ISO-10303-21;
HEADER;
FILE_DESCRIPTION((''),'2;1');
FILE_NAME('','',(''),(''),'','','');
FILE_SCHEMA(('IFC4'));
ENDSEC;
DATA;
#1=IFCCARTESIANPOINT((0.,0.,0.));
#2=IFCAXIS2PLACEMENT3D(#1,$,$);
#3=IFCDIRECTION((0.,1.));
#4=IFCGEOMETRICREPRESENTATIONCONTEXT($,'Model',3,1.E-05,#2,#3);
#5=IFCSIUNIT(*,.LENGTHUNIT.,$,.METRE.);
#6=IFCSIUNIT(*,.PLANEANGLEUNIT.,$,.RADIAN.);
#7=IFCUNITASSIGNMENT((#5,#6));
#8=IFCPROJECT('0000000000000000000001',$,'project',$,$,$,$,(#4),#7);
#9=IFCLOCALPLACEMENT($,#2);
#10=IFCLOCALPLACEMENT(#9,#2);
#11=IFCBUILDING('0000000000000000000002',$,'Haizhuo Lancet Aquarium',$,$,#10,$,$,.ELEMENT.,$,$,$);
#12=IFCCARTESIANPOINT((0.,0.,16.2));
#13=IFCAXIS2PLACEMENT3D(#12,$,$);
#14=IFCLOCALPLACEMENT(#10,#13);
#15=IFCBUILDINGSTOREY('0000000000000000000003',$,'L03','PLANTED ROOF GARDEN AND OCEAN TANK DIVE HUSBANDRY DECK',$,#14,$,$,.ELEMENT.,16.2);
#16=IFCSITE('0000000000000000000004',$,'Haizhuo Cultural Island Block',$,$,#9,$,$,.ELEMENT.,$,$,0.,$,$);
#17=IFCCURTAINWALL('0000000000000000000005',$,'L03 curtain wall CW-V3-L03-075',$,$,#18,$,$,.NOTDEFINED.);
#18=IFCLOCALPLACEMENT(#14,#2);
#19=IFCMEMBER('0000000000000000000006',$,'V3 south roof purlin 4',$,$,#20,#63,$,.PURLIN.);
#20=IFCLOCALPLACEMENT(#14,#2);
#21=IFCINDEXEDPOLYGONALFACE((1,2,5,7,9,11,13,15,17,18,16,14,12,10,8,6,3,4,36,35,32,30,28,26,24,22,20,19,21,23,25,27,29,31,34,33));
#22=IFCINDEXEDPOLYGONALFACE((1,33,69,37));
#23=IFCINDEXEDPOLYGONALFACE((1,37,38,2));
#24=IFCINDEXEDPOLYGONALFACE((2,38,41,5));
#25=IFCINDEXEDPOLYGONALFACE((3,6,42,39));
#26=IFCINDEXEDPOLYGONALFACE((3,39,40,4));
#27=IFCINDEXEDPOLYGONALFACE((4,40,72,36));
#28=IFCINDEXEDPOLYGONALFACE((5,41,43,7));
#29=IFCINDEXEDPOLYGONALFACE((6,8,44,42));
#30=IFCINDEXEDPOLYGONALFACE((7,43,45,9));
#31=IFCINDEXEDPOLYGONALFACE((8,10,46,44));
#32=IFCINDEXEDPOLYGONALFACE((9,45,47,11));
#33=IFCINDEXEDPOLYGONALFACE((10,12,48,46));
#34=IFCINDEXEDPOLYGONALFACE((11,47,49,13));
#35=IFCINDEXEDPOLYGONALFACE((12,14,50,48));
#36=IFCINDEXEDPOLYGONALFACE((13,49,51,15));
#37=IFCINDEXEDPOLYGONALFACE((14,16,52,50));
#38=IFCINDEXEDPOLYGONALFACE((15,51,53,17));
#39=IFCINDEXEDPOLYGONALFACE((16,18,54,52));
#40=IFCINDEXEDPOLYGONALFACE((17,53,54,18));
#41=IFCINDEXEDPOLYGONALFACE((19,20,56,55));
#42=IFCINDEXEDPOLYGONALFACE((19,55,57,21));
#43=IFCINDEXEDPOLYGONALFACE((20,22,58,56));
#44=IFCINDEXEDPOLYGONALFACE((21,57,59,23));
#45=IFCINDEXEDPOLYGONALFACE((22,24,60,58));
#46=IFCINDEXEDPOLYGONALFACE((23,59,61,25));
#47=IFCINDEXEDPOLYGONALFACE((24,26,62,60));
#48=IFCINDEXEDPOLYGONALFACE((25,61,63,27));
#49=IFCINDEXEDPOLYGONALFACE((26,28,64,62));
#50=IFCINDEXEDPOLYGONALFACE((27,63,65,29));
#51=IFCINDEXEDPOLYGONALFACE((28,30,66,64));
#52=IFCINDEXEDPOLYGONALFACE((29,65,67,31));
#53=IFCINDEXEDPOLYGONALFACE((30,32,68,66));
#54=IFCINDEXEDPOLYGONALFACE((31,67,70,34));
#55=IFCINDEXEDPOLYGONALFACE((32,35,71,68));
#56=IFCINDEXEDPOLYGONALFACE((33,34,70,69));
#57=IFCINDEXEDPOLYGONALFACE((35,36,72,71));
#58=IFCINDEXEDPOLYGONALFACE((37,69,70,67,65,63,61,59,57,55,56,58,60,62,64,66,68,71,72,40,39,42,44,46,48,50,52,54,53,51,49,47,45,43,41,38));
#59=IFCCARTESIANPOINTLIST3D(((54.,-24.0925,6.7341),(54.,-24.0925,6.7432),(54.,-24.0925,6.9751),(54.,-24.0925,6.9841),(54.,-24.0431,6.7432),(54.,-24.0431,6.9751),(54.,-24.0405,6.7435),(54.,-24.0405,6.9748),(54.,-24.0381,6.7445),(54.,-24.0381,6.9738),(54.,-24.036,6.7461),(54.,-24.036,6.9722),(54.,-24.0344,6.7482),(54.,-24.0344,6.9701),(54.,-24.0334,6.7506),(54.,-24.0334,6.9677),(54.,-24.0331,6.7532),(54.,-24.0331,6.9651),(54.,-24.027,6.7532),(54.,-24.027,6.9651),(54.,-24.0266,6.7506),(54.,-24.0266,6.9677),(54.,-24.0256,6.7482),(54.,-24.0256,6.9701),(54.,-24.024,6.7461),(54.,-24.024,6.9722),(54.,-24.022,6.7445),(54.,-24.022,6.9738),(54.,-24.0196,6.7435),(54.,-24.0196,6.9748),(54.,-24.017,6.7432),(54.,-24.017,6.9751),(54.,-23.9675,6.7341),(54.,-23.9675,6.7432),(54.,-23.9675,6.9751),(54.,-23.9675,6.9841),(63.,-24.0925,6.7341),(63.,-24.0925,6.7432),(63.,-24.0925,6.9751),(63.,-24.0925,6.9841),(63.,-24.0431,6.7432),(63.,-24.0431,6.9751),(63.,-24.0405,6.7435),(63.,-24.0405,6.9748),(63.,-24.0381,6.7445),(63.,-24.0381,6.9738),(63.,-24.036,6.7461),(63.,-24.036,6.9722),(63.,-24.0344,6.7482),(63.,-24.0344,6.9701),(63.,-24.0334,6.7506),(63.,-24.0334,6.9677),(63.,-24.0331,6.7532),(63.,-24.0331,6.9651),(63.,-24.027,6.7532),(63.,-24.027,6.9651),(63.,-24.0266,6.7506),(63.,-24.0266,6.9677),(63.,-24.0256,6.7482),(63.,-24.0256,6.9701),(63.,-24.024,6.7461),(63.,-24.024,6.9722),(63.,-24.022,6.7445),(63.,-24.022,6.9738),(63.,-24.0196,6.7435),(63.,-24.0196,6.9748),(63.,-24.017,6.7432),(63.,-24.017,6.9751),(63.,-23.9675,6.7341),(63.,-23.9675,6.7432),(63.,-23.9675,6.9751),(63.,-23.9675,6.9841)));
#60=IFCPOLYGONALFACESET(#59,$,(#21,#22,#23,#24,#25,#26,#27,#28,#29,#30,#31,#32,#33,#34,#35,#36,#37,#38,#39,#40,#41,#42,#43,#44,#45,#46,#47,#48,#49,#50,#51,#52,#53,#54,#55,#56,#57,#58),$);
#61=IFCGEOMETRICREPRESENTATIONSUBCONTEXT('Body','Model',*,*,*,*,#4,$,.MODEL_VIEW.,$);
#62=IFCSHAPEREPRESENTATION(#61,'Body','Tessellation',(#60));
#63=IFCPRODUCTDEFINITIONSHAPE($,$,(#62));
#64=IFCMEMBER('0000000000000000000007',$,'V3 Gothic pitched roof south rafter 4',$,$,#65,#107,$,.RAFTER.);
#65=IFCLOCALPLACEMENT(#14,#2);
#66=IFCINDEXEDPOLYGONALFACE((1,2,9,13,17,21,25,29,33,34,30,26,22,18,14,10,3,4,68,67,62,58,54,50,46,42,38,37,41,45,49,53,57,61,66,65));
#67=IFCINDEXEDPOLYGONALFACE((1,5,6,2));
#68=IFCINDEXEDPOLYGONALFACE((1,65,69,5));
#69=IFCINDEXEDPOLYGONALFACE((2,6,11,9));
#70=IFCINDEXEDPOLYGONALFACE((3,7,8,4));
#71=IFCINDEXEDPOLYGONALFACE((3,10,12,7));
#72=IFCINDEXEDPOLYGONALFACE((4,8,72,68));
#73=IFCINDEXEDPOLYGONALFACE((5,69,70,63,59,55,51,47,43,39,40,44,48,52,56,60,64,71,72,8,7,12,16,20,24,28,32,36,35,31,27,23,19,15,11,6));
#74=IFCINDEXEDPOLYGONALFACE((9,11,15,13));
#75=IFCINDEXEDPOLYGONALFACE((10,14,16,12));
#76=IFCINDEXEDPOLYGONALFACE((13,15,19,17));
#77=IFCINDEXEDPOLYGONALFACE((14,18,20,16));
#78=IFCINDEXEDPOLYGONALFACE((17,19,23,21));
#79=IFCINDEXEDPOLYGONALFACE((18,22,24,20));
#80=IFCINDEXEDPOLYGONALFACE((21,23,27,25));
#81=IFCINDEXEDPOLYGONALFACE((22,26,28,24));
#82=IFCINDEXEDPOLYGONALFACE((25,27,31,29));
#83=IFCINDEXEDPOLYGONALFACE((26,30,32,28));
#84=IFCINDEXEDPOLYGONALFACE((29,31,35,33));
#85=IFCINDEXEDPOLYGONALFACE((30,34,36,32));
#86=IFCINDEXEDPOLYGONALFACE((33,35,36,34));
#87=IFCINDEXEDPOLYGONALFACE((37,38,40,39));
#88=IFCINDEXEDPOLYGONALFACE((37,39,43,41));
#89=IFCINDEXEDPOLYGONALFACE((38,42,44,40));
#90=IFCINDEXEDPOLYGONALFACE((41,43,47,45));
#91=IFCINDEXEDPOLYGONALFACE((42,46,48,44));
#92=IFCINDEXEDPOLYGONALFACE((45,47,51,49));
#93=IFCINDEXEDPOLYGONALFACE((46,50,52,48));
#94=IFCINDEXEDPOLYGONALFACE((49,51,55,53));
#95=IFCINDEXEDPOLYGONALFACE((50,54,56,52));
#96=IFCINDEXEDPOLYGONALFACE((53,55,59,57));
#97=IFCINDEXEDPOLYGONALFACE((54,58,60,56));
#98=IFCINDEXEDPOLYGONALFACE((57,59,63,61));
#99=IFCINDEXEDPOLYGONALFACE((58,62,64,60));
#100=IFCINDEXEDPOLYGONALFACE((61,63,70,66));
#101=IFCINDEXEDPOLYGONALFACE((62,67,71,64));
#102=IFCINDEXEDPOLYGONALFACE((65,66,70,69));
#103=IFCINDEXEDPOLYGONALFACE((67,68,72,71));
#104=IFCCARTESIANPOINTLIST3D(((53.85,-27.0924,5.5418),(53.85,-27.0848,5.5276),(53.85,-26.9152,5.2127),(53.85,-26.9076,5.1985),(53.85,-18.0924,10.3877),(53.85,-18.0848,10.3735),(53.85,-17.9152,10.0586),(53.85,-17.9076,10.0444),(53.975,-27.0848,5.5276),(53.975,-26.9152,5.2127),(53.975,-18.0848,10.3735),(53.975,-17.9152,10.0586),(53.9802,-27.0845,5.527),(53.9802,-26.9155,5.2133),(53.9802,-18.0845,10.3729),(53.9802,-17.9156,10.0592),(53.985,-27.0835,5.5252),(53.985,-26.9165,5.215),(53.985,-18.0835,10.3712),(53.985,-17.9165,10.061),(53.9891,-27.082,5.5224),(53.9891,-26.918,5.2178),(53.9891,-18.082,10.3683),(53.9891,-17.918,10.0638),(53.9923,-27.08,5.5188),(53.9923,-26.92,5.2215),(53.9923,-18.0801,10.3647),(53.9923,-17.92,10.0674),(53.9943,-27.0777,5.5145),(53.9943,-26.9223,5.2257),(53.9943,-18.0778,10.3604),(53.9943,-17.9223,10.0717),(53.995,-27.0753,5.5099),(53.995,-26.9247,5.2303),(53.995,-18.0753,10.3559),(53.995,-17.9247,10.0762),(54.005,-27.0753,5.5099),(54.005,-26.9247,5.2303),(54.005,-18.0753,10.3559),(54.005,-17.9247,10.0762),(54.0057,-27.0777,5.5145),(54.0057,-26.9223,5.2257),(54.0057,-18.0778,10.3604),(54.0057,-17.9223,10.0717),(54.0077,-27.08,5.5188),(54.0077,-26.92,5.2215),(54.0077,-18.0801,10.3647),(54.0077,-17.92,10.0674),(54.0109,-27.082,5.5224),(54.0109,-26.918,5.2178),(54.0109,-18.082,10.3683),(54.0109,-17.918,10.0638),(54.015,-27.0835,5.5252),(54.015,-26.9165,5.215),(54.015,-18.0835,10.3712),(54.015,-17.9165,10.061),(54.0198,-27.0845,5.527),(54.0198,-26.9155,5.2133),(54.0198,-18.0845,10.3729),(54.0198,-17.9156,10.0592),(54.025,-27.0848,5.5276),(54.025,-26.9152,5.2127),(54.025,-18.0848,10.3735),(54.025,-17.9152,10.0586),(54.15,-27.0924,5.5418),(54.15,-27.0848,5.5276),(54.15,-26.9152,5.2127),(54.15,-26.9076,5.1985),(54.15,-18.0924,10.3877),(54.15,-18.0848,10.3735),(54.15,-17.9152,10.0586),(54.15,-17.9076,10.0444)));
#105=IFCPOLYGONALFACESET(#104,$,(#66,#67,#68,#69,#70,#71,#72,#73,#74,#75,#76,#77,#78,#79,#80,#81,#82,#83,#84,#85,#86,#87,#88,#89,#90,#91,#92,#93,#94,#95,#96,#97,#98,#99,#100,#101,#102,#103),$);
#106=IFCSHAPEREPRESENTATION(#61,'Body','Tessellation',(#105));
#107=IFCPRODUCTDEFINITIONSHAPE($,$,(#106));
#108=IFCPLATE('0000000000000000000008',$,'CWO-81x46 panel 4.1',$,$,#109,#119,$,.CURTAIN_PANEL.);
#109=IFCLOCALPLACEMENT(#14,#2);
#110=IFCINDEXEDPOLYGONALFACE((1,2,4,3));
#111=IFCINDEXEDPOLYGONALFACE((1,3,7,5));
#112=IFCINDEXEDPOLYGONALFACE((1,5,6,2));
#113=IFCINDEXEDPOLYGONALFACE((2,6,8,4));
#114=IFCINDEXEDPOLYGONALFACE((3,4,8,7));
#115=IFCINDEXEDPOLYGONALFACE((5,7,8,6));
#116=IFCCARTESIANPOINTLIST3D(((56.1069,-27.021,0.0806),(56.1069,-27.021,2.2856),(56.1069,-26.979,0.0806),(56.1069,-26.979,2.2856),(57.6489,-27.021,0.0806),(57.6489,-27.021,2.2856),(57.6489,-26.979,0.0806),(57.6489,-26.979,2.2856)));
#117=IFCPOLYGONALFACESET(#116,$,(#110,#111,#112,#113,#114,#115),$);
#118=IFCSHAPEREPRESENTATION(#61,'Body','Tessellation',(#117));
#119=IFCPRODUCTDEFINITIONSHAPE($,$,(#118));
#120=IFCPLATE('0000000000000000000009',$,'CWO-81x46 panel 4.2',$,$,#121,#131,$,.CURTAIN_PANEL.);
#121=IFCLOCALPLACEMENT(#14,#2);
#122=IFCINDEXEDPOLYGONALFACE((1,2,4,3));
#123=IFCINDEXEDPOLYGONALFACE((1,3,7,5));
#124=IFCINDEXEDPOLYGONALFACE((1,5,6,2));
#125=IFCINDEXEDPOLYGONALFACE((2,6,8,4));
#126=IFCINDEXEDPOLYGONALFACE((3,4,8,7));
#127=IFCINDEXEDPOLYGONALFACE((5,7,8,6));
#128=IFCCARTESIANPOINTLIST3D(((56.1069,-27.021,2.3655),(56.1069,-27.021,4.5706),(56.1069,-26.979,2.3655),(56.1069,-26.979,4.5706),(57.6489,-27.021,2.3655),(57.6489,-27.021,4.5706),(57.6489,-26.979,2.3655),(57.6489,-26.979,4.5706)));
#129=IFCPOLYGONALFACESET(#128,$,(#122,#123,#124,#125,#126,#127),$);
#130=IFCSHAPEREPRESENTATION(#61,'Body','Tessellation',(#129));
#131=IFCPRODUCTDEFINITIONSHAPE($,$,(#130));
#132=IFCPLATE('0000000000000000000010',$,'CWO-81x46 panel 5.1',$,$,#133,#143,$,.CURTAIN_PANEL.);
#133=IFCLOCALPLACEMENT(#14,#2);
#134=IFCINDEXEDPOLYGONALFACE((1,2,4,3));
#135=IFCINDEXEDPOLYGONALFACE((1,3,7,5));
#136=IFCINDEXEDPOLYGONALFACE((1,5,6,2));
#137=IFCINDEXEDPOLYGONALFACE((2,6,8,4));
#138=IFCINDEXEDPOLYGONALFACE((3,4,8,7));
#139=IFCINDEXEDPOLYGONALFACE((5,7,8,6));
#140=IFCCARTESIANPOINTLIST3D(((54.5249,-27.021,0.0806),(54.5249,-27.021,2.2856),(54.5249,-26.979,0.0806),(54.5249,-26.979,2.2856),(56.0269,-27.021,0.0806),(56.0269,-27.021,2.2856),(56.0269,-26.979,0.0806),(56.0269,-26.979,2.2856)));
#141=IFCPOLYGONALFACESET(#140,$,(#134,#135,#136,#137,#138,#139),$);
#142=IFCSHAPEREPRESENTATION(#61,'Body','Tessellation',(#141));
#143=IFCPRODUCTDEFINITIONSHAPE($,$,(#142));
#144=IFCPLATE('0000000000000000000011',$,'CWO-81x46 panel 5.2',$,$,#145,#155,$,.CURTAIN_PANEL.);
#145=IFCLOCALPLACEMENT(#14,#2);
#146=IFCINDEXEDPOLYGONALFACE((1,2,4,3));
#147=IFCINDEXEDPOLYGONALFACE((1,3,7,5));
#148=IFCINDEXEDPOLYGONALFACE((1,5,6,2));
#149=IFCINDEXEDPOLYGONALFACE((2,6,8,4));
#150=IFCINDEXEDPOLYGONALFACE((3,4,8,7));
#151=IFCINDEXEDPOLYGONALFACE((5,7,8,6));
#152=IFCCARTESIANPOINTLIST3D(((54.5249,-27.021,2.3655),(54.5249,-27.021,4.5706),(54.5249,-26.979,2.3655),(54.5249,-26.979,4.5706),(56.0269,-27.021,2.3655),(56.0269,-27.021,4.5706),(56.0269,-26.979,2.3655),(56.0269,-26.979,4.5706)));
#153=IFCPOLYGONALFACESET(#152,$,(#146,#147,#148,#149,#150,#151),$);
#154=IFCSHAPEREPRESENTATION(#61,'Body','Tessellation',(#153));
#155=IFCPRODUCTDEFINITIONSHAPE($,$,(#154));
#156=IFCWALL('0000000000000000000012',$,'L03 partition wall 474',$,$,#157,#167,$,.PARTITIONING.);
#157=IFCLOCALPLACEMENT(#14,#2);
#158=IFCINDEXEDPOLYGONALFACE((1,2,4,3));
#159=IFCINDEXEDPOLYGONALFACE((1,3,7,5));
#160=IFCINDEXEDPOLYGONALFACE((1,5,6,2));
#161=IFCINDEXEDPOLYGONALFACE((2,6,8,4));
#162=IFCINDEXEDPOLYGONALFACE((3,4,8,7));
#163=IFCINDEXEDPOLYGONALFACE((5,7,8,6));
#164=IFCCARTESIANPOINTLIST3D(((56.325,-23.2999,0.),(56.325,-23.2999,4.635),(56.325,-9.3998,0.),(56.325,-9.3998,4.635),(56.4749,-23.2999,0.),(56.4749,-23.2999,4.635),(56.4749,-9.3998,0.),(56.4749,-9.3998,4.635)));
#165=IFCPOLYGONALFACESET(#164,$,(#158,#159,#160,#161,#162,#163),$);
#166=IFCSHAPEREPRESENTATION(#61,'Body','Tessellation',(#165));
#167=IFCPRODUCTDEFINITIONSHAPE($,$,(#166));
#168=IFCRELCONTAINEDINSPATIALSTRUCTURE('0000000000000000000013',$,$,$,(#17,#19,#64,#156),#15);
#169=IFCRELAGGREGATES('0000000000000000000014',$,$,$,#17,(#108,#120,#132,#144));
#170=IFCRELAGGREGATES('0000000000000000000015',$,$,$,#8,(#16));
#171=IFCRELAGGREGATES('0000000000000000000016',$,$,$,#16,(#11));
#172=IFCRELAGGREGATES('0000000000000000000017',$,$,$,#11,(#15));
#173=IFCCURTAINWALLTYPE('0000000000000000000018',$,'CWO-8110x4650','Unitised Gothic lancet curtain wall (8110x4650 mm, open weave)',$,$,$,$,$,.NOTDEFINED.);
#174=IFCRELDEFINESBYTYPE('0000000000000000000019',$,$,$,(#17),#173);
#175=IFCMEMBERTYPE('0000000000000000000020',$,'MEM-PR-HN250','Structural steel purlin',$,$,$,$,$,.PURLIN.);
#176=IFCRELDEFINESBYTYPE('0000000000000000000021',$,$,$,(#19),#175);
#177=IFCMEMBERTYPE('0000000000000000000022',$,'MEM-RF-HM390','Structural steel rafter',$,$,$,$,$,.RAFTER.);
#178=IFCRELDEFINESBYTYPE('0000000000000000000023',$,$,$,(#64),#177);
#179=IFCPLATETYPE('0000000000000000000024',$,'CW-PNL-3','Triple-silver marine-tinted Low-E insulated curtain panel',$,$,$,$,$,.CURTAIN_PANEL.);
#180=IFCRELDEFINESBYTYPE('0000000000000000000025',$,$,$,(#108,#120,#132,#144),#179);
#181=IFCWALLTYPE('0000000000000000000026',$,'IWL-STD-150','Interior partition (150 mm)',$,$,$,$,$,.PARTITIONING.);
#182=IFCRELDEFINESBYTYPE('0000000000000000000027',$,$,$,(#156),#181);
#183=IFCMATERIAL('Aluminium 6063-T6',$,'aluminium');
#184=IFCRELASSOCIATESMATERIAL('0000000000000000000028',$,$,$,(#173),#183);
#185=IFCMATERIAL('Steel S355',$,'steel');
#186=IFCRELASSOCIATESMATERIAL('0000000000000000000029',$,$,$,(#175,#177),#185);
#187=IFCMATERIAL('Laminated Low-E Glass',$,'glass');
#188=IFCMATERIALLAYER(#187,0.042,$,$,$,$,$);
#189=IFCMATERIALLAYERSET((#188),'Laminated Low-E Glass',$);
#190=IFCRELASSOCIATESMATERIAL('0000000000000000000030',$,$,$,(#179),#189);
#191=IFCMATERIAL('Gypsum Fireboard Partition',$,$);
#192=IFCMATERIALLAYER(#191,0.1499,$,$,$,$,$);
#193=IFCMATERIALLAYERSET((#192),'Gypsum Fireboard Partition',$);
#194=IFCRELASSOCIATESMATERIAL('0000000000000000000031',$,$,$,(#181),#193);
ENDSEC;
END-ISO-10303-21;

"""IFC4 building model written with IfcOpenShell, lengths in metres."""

from ifc_helpers import new_model, si_unit, direction, frame, frame_2d, origin, origin_2d, place, context, subcontext, project, spatial, rectangle, i_section, extrude, material, layer, layer_set, material_profile, profile_set, type_object, element, aggregate, save


model = new_model("IFC4")

# Units and contexts
model_context = context("Model", 3, precision=1e-05, world=origin(), true_north=direction((0.0, 1.0)))
body_context = subcontext(model_context, "Body", "Model", "MODEL_VIEW")
ifc_project = project(units=[si_unit("LENGTHUNIT", "METRE"), si_unit("PLANEANGLEUNIT", "RADIAN")], contexts=[model_context])

# Site, building, storey
site_placement = place(None, origin())
site = spatial("IfcSite", under=ifc_project, at=site_placement, Name="Haizhuo Cultural Island Block", CompositionType="ELEMENT", RefElevation=0.0)
building_placement = place(site_placement, origin())
building = spatial("IfcBuilding", under=site, at=building_placement, Name="Haizhuo Lancet Aquarium", CompositionType="ELEMENT")
storey_placement = place(building_placement, frame((0.0, 0.0, 16.2)))
storey = spatial("IfcBuildingStorey", under=building, at=storey_placement, Name="L03", Description="PLANTED ROOF GARDEN AND OCEAN TANK DIVE HUSBANDRY DECK", CompositionType="ELEMENT", Elevation=16.2)

# Curtain wall
ifc_material_1 = material(Name="Aluminium 6063-T6", Category="aluminium")
curtain_wall_type = type_object("IfcCurtainWallType", Name="CWO-8110x4650", Description="Unitised Gothic lancet curtain wall (8110x4650 mm, open weave)", PredefinedType="NOTDEFINED", material=ifc_material_1)
curtain_wall_placement = place(storey_placement, origin())
curtain_wall = element("IfcCurtainWall", 1, at=curtain_wall_placement, inside=storey, type_object=curtain_wall_type, Name="L03 curtain wall CW-V3-L03-075", PredefinedType="NOTDEFINED")

# Members
ifc_material_2 = material(Name="Steel S355", Category="steel")
ifc_material_profile_1 = material_profile(ifc_material_2, i_section(OverallWidth=0.125, OverallDepth=0.25, WebThickness=0.0061, FlangeThickness=0.009, FilletRadius=0.01, at=origin_2d()), Name="HN 250x125x6x9")
ifc_profile_set_1 = profile_set([ifc_material_profile_1], Name="Steel S355")
member_type_1 = type_object("IfcMemberType", Name="MEM-PR-HN250", Description="Structural steel purlin", PredefinedType="PURLIN", material=ifc_profile_set_1)
for number, where, z_axis, x_axis, name in (
    (2, (54.0, -24.03, 6.8591), (1.0, 0.0, 0.0), (0.0, 1.0, 0.0), "V3 south roof purlin 4"),
):
    element("IfcMember", number, at=place(storey_placement, frame(where, z_axis=z_axis, x_axis=x_axis)), inside=storey, type_object=member_type_1, Name=name, PredefinedType="PURLIN", context=body_context, shape_type="SweptSolid", body=[
        extrude(i_section(OverallWidth=0.125, OverallDepth=0.25, WebThickness=0.0061, FlangeThickness=0.009, FilletRadius=0.01, at=origin_2d()), origin(), (0.0, 0.0, 1.0), 9.0),
    ])
ifc_material_profile_2 = material_profile(ifc_material_2, i_section(OverallWidth=0.3, OverallDepth=0.3899, WebThickness=0.01, FlangeThickness=0.0161, FilletRadius=0.02, at=origin_2d()), Name="HM 390x300x10x16")
ifc_profile_set_2 = profile_set([ifc_material_profile_2], Name="Steel S355")
member_type_2 = type_object("IfcMemberType", Name="MEM-RF-HM390", Description="Structural steel rafter", PredefinedType="RAFTER", material=ifc_profile_set_2)
member_1_placement = place(storey_placement, frame((54.0, -27.0, 5.3701), z_axis=(0.0, 0.88048, 0.474084), x_axis=(-1.0, 0.0, 0.0)))
element("IfcMember", 3, at=member_1_placement, inside=storey, type_object=member_type_2, Name="V3 Gothic pitched roof south rafter 4", PredefinedType="RAFTER", context=body_context, shape_type="SweptSolid", body=[
    extrude(i_section(OverallWidth=0.3, OverallDepth=0.3899, WebThickness=0.01, FlangeThickness=0.0161, FilletRadius=0.02, at=origin_2d()), origin(), (0.0, 0.0, 1.0), 10.2217),
])

# Plates
ifc_material_3 = material(Name="Laminated Low-E Glass", Category="glass")
ifc_layer_1 = layer(ifc_material_3, 0.042)
ifc_layer_set_1 = layer_set([ifc_layer_1], Name="Laminated Low-E Glass")
plate_type = type_object("IfcPlateType", Name="CW-PNL-3", Description="Triple-silver marine-tinted Low-E insulated curtain panel", PredefinedType="CURTAIN_PANEL", material=ifc_layer_set_1)
plate_1_placement = place(storey_placement, frame((56.8779, -27.0, 0.0806), z_axis=(0.0, 0.0, 1.0), x_axis=(-1.0, 0.0, 0.0)))
plate_1 = element("IfcPlate", 4, at=plate_1_placement, type_object=plate_type, Name="CWO-81x46 panel 4.1", PredefinedType="CURTAIN_PANEL", context=body_context, shape_type="SweptSolid", body=[
    extrude(rectangle(XDim=1.542, YDim=0.042, at=origin_2d()), origin(), (0.0, 0.0, 1.0), 2.2051),
])
plate_2_placement = place(storey_placement, frame((56.8779, -27.0, 2.3655), z_axis=(0.0, 0.0, 1.0), x_axis=(-1.0, 0.0, 0.0)))
plate_2 = element("IfcPlate", 5, at=plate_2_placement, type_object=plate_type, Name="CWO-81x46 panel 4.2", PredefinedType="CURTAIN_PANEL", context=body_context, shape_type="SweptSolid", body=[
    extrude(rectangle(XDim=1.542, YDim=0.042, at=origin_2d()), origin(), (0.0, 0.0, 1.0), 2.2051),
])
plate_3_placement = place(storey_placement, frame((55.2759, -27.0, 0.0806), z_axis=(0.0, 0.0, 1.0), x_axis=(-1.0, 0.0, 0.0)))
plate_3 = element("IfcPlate", 6, at=plate_3_placement, type_object=plate_type, Name="CWO-81x46 panel 5.1", PredefinedType="CURTAIN_PANEL", context=body_context, shape_type="SweptSolid", body=[
    extrude(rectangle(XDim=1.502, YDim=0.042, at=origin_2d()), origin(), (0.0, 0.0, 1.0), 2.2051),
])
plate_4_placement = place(storey_placement, frame((55.2759, -27.0, 2.3655), z_axis=(0.0, 0.0, 1.0), x_axis=(-1.0, 0.0, 0.0)))
plate_4 = element("IfcPlate", 7, at=plate_4_placement, type_object=plate_type, Name="CWO-81x46 panel 5.2", PredefinedType="CURTAIN_PANEL", context=body_context, shape_type="SweptSolid", body=[
    extrude(rectangle(XDim=1.502, YDim=0.042, at=origin_2d()), origin(), (0.0, 0.0, 1.0), 2.2051),
])
aggregate(curtain_wall, [plate_1, plate_2, plate_3, plate_4])

# Wall
ifc_material_4 = material(Name="Gypsum Fireboard Partition")
ifc_layer_2 = layer(ifc_material_4, 0.1499)
ifc_layer_set_2 = layer_set([ifc_layer_2], Name="Gypsum Fireboard Partition")
wall_type_1 = type_object("IfcWallType", Name="IWL-STD-150", Description="Interior partition (150 mm)", PredefinedType="PARTITIONING", material=ifc_layer_set_2)
wall_1_placement = place(storey_placement, frame((56.3999, -23.3, 0.0), z_axis=(0.0, 0.0, 1.0), x_axis=(0.0, 1.0, 0.0)))
element("IfcWall", 8, at=wall_1_placement, inside=storey, type_object=wall_type_1, Name="L03 partition wall 474", PredefinedType="PARTITIONING", context=body_context, shape_type="SweptSolid", body=[
    extrude(rectangle(XDim=13.9001, YDim=0.1499, at=frame_2d((6.9502, 0.0))), origin(), (0.0, 0.0, 1.0), 4.635),
])

save(model, "model.ifc")
